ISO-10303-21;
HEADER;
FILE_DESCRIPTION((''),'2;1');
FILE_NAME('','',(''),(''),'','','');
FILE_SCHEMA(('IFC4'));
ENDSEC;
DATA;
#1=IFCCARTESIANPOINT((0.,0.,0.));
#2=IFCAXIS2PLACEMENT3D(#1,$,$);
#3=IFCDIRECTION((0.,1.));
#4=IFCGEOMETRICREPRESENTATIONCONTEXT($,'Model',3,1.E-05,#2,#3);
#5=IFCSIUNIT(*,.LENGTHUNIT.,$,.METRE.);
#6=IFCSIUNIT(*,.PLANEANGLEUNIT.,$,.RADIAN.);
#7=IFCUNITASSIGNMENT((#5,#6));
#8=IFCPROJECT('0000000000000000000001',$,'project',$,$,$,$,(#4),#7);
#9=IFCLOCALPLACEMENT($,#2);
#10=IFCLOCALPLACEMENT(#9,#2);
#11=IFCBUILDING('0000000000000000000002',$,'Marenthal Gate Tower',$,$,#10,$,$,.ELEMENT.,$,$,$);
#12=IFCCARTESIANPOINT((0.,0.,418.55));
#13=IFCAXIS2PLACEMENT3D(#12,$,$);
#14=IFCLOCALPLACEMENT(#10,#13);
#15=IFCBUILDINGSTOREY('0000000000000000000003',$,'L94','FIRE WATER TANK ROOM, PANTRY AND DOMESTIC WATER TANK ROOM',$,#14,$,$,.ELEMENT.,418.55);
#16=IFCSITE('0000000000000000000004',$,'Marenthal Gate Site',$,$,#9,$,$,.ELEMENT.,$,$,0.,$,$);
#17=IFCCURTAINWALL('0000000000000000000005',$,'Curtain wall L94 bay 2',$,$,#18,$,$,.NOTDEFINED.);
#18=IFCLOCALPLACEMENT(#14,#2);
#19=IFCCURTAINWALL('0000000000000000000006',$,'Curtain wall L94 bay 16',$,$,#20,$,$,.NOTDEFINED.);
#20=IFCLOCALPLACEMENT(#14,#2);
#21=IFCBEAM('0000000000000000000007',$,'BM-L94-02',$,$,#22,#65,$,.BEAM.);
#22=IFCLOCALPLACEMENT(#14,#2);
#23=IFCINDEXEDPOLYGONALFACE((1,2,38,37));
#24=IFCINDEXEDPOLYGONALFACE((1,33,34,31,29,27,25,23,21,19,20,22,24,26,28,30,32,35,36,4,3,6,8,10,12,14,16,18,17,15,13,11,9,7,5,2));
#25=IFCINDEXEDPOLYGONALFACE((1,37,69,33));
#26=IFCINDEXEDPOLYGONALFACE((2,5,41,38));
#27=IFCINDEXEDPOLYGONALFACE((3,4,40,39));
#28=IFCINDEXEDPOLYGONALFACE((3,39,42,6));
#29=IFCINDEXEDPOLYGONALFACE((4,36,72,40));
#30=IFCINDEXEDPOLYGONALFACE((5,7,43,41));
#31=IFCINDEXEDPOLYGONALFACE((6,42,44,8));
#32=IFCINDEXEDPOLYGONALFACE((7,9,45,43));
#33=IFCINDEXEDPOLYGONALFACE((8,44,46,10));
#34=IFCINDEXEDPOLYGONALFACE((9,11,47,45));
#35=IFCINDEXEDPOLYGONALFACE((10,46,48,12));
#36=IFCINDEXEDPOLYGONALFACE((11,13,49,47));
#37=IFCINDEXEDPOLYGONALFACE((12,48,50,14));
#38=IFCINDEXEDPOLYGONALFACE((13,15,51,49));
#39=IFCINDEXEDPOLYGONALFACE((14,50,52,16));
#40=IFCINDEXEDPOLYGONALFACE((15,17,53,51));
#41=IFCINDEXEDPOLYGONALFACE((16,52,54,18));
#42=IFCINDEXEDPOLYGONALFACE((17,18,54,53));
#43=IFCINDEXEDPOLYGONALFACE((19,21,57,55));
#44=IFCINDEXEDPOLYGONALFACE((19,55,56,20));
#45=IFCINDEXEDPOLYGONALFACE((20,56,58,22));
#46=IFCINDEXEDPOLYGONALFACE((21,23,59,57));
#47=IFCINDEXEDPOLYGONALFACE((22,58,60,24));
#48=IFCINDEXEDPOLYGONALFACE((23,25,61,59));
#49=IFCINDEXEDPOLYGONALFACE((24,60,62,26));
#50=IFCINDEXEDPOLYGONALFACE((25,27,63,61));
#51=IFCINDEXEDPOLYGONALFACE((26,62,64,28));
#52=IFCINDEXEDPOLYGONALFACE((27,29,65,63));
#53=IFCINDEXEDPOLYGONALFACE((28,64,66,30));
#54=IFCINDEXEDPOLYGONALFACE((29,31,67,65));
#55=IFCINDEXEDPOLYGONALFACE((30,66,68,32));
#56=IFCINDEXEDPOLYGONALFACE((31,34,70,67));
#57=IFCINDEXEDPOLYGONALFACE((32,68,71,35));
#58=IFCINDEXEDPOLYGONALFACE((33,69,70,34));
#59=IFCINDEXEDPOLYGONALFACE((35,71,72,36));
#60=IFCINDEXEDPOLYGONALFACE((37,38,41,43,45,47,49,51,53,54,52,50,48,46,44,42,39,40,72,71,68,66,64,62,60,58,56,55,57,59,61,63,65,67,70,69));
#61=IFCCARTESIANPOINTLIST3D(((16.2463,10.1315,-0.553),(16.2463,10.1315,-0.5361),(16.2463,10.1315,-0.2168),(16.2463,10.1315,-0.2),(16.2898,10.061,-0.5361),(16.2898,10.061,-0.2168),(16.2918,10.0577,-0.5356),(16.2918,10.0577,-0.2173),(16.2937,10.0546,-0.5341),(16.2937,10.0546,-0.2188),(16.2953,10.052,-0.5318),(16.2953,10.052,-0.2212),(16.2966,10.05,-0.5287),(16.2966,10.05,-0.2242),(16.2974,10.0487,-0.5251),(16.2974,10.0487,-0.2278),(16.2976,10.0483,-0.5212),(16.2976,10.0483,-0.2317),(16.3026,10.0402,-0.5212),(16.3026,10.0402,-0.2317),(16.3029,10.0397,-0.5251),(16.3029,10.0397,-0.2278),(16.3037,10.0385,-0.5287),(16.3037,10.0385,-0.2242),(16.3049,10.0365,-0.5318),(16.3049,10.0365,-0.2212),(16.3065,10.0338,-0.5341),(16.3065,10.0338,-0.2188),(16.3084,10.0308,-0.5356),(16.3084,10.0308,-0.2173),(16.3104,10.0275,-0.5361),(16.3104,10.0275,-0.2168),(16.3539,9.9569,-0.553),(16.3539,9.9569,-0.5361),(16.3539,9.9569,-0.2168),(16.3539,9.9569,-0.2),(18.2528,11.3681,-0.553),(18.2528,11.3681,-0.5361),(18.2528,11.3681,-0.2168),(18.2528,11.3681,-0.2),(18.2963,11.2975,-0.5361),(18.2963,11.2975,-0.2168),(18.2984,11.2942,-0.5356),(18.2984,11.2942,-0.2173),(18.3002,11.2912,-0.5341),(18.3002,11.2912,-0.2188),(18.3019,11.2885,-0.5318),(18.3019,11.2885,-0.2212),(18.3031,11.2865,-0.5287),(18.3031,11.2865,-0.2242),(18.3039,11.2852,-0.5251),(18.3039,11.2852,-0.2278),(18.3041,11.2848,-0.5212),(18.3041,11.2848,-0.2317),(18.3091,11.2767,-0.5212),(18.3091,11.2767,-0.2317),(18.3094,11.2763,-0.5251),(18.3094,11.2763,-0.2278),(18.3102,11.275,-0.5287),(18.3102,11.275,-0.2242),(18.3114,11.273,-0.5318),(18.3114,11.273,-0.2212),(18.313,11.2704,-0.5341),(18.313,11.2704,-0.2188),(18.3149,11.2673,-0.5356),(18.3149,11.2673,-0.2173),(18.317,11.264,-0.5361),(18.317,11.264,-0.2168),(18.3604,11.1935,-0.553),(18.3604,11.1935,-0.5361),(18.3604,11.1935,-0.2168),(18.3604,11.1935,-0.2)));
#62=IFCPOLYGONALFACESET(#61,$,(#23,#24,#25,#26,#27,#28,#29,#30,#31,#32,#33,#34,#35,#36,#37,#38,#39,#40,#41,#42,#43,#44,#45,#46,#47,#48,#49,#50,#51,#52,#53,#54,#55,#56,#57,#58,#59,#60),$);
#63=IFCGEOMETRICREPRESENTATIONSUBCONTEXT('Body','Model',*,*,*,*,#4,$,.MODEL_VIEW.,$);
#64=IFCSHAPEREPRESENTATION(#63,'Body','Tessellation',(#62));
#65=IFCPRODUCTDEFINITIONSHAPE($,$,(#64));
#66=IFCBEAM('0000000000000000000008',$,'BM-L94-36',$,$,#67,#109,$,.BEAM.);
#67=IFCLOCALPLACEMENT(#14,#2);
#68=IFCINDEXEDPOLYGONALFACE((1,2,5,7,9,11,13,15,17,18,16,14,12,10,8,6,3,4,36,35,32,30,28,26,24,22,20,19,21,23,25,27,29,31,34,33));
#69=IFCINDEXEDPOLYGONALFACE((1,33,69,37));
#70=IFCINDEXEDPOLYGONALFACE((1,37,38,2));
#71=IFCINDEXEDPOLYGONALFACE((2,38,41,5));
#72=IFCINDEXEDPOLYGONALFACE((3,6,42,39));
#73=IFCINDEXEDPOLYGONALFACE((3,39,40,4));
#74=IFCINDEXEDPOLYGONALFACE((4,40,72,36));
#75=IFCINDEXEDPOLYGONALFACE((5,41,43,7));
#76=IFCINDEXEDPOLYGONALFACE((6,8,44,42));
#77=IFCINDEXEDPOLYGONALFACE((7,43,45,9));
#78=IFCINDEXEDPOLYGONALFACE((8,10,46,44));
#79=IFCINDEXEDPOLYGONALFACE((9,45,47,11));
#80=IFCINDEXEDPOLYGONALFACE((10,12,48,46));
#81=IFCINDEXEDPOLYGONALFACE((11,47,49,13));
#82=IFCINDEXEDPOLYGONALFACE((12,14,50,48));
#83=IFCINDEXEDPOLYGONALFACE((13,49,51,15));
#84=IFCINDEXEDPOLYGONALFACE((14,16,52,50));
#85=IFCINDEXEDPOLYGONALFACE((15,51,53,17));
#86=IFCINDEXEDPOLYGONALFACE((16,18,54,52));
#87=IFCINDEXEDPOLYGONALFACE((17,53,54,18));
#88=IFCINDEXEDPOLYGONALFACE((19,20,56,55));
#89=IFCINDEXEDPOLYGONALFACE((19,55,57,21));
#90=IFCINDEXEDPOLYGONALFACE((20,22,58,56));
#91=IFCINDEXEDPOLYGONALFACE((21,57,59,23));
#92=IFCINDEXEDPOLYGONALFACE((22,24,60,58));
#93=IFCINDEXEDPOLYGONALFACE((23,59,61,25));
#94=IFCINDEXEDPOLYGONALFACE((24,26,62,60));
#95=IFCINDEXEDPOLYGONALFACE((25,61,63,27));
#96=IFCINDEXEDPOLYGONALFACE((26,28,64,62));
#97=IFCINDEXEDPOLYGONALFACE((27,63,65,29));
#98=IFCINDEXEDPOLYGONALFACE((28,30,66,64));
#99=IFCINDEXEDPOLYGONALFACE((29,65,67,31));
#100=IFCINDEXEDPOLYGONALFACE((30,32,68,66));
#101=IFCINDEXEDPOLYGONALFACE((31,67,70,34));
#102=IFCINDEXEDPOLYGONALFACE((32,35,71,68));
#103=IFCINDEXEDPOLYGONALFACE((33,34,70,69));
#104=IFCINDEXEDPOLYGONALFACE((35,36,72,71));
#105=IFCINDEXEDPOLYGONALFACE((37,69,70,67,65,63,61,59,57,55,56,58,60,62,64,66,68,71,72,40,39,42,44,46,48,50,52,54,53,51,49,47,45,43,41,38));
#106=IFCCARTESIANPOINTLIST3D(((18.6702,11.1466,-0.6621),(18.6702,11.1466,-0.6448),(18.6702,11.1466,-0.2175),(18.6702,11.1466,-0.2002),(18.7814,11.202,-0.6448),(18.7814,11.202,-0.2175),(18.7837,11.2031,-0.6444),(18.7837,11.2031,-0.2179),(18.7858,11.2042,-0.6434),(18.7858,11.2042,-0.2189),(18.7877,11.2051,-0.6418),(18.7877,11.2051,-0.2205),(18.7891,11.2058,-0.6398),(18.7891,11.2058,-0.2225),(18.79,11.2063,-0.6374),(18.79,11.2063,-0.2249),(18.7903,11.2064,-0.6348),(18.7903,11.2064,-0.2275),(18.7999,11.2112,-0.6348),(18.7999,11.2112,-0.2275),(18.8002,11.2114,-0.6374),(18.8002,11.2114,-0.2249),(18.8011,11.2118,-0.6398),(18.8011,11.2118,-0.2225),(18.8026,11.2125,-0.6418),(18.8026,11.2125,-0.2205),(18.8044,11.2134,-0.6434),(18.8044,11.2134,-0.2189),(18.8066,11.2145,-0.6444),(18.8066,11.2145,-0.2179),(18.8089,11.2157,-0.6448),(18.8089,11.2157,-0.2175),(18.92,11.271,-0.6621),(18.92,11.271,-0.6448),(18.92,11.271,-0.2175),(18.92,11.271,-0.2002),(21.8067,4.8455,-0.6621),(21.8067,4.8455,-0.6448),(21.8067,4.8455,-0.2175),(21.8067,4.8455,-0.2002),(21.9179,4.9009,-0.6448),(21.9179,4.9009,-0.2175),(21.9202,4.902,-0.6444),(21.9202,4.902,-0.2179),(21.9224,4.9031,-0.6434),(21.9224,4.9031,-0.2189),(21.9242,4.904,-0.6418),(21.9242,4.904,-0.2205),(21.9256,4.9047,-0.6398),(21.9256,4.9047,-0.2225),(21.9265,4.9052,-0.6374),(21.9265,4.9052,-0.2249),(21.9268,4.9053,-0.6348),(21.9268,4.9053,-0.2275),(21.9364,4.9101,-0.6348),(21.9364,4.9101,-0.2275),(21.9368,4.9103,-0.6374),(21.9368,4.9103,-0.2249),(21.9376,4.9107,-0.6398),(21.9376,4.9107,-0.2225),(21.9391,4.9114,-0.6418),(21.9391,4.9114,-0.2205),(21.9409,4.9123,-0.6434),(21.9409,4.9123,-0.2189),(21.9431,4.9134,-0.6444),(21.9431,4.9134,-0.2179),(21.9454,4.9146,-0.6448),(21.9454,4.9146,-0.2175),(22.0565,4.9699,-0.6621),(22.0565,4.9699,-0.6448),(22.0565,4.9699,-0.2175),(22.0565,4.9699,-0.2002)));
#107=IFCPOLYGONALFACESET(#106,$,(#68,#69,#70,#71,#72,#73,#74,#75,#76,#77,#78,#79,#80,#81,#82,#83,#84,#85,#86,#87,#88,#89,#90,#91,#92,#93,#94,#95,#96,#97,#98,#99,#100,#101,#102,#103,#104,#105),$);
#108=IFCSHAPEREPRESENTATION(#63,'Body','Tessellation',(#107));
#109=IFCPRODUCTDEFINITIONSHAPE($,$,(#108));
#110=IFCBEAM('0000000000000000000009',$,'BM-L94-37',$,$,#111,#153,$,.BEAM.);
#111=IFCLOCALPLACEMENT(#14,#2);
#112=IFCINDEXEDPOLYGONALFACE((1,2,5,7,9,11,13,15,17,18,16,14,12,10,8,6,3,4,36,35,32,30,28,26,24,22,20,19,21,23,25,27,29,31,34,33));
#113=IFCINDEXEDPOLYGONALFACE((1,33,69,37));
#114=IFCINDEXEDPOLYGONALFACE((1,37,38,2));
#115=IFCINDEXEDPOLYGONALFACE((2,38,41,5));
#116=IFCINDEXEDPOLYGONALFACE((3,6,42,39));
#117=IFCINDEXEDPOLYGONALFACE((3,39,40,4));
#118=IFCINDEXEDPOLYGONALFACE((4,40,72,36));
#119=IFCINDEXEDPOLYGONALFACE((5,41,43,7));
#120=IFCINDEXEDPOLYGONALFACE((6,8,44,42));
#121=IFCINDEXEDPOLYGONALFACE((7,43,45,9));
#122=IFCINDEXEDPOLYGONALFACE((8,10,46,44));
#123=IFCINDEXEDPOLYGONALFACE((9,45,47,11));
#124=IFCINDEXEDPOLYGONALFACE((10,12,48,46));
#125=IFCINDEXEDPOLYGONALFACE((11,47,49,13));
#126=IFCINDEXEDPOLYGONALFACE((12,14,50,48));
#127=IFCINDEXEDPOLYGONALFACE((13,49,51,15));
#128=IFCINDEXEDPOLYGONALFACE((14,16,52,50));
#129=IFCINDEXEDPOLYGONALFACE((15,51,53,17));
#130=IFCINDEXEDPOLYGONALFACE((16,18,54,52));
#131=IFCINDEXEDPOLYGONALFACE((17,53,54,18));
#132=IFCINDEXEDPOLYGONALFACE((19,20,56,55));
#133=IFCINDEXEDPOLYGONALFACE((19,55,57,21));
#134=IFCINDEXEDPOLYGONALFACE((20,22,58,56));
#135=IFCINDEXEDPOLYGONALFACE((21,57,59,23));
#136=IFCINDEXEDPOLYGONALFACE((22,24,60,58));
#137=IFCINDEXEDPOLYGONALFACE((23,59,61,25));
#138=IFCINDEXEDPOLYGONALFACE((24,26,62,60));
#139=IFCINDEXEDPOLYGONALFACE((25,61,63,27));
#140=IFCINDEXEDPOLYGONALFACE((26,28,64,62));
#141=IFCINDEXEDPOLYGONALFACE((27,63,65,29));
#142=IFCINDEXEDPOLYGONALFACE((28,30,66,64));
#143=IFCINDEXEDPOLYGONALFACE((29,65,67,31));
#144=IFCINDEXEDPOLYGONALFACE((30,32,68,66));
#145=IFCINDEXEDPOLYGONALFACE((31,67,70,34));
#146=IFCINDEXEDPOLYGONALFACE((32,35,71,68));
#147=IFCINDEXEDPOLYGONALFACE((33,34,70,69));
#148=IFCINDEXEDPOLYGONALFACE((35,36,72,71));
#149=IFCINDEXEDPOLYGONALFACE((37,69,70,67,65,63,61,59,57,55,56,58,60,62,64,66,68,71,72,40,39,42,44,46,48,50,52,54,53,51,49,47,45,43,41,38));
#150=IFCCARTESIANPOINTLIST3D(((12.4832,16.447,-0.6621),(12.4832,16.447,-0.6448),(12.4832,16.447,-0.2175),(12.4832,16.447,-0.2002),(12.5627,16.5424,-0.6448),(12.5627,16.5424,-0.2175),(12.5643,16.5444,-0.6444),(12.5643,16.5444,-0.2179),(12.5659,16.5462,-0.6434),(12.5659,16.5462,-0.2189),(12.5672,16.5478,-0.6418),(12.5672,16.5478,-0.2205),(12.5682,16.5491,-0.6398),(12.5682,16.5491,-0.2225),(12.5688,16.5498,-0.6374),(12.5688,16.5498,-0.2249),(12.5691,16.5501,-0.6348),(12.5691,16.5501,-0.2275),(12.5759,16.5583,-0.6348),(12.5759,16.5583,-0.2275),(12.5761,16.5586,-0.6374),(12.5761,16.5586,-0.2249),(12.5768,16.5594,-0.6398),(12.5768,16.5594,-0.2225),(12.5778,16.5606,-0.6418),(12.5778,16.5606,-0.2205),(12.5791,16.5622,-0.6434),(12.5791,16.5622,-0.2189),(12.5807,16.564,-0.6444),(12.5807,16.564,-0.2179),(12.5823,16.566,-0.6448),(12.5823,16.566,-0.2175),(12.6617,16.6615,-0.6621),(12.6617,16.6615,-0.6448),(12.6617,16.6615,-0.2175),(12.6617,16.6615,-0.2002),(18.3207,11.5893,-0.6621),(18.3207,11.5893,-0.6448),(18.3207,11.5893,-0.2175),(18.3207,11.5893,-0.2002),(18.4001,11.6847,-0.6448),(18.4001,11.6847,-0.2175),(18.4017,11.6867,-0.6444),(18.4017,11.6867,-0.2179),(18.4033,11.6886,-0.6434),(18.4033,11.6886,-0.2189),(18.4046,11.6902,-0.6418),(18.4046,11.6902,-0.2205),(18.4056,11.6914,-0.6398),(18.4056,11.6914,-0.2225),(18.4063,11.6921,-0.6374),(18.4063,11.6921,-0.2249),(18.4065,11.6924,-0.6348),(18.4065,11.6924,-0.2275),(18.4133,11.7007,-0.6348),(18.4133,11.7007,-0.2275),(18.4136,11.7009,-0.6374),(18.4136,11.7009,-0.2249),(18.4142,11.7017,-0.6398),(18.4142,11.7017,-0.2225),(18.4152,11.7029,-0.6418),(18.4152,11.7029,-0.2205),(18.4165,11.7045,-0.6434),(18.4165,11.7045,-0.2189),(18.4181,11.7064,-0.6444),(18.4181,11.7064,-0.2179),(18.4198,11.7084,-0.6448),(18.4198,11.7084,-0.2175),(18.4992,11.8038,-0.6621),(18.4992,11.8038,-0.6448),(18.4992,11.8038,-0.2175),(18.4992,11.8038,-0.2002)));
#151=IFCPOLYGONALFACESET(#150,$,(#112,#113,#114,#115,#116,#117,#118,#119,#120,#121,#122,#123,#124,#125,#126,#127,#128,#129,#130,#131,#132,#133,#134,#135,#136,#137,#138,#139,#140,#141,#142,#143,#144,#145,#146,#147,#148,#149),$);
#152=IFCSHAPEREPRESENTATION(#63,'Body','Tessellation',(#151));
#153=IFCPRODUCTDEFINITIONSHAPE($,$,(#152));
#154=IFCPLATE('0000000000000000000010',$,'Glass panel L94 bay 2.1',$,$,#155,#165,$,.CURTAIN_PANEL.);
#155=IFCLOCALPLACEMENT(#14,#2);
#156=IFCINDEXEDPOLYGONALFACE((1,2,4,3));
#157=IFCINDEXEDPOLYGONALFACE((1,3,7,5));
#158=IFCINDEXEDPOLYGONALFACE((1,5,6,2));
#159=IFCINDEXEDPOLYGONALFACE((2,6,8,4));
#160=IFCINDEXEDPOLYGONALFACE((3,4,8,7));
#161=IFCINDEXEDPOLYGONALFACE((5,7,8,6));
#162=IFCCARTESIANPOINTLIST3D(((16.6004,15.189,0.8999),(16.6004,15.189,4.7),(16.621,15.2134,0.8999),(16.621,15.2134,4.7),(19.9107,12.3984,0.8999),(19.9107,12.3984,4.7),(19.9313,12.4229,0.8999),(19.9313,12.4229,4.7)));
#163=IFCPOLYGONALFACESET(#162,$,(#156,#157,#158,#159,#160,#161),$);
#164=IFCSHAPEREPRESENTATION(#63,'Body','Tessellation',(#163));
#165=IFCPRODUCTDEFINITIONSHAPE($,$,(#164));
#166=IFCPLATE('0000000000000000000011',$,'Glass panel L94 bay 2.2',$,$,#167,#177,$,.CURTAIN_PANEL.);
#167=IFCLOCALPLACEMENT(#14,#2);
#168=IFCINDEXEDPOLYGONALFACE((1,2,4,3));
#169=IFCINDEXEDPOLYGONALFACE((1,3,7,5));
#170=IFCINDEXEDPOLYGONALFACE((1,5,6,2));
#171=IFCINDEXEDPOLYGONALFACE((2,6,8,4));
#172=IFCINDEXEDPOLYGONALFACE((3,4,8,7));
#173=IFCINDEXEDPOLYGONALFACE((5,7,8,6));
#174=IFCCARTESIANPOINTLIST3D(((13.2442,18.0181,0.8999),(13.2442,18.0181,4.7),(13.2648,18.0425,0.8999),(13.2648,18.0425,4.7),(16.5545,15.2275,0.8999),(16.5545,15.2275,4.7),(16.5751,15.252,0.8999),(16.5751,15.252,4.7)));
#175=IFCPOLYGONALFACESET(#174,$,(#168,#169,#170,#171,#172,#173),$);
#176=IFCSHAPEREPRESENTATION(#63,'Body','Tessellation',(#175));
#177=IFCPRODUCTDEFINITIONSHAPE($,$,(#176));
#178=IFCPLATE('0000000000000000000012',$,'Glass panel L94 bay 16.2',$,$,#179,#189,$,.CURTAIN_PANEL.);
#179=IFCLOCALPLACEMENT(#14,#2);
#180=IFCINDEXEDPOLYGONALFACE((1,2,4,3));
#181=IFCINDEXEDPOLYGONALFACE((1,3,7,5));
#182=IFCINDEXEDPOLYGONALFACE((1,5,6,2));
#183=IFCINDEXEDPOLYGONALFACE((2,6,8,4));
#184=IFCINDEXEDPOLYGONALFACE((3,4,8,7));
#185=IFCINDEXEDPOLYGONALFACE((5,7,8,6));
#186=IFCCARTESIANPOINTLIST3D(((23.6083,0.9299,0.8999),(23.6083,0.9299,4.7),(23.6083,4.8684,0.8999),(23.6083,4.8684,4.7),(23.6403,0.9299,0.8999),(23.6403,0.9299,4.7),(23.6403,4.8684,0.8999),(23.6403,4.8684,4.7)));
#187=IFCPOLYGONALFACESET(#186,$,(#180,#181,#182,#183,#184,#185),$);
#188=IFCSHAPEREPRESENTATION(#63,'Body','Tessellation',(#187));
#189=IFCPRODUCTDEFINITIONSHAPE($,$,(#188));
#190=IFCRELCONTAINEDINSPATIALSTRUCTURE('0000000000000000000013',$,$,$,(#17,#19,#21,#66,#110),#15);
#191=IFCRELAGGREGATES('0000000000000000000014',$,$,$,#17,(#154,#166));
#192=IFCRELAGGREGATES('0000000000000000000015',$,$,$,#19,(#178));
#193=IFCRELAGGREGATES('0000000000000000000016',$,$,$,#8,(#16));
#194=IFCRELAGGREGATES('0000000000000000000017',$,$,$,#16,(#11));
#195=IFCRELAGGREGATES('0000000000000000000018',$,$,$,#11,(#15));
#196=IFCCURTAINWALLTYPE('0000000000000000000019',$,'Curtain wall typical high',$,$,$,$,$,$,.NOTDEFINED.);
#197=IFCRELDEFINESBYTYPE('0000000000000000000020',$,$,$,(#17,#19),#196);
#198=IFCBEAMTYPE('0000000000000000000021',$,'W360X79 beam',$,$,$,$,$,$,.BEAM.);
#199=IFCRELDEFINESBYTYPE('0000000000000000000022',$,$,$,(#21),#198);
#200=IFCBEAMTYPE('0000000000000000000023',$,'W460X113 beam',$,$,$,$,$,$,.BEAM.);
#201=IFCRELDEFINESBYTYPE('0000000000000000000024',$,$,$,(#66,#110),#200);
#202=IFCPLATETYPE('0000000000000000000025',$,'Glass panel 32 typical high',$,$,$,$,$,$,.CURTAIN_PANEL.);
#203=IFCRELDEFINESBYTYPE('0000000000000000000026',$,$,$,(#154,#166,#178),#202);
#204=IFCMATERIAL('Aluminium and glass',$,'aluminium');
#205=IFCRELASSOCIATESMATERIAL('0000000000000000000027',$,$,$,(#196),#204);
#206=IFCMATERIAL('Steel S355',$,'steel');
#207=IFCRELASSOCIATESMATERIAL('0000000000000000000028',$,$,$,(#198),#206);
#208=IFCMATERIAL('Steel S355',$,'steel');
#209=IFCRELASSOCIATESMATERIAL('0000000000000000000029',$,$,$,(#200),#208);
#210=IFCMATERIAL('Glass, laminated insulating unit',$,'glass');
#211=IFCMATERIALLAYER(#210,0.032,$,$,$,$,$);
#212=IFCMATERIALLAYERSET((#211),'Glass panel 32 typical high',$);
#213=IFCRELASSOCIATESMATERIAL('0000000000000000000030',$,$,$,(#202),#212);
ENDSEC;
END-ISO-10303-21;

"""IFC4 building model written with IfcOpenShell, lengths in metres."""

from ifc_helpers import new_model, si_unit, direction, frame, origin, origin_2d, place, context, subcontext, project, spatial, rectangle, i_section, extrude, material, layer, layer_set, material_profile, profile_set, type_object, element, aggregate, save


model = new_model("IFC4")

# Units and contexts
model_context = context("Model", 3, precision=1e-05, world=origin(), true_north=direction((0.0, 1.0)))
body_context = subcontext(model_context, "Body", "Model", "MODEL_VIEW")
ifc_project = project(units=[si_unit("LENGTHUNIT", "METRE"), si_unit("PLANEANGLEUNIT", "RADIAN")], contexts=[model_context])

# Site, building, storey
site_placement = place(None, origin())
site = spatial("IfcSite", under=ifc_project, at=site_placement, Name="Marenthal Gate Site", CompositionType="ELEMENT", RefElevation=0.0)
building_placement = place(site_placement, origin())
building = spatial("IfcBuilding", under=site, at=building_placement, Name="Marenthal Gate Tower", CompositionType="ELEMENT")
storey_placement = place(building_placement, frame((0.0, 0.0, 418.55)))
storey = spatial("IfcBuildingStorey", under=building, at=storey_placement, Name="L94", Description="FIRE WATER TANK ROOM, PANTRY AND DOMESTIC WATER TANK ROOM", CompositionType="ELEMENT", Elevation=418.55)

# Curtain walls
ifc_material_1 = material(Name="Aluminium and glass", Category="aluminium")
curtain_wall_type_1 = type_object("IfcCurtainWallType", Name="Curtain wall typical high", PredefinedType="NOTDEFINED", material=ifc_material_1)
curtain_wall_1_placement = place(storey_placement, origin())
curtain_wall_1 = element("IfcCurtainWall", 1, at=curtain_wall_1_placement, inside=storey, type_object=curtain_wall_type_1, Name="Curtain wall L94 bay 2", PredefinedType="NOTDEFINED")
curtain_wall_2_placement = place(storey_placement, origin())
curtain_wall_2 = element("IfcCurtainWall", 2, at=curtain_wall_2_placement, inside=storey, type_object=curtain_wall_type_1, Name="Curtain wall L94 bay 16", PredefinedType="NOTDEFINED")

# Beams
ifc_material_2 = material(Name="Steel S355", Category="steel")
ifc_material_profile_1 = material_profile(ifc_material_2, i_section(OverallWidth=0.2051, OverallDepth=0.353, WebThickness=0.0095, FlangeThickness=0.0168, FilletRadius=0.0149, at=origin_2d()), Name="W360X79")
ifc_profile_set_1 = profile_set([ifc_material_profile_1], Name="Steel S355")
beam_type_1 = type_object("IfcBeamType", Name="W360X79 beam", PredefinedType="BEAM", material=ifc_profile_set_1)
beam_1_placement = place(storey_placement, frame((18.3066, 11.2808, -0.3765), z_axis=(-0.851327, -0.524635, 0.0), x_axis=(0.524635, -0.851327, 0.0)))
element("IfcBeam", 3, at=beam_1_placement, inside=storey, type_object=beam_type_1, Name="BM-L94-02", PredefinedType="BEAM", context=body_context, shape_type="SweptSolid", body=[
    extrude(i_section(OverallWidth=0.2051, OverallDepth=0.353, WebThickness=0.0095, FlangeThickness=0.0168, FilletRadius=0.0149, at=origin_2d()), origin(), (0.0, 0.0, 1.0), 2.3569),
])
ifc_material_3 = material(Name="Steel S355", Category="steel")
ifc_material_profile_2 = material_profile(ifc_material_3, i_section(OverallWidth=0.2791, OverallDepth=0.4619, WebThickness=0.0107, FlangeThickness=0.0173, FilletRadius=0.01, at=origin_2d()), Name="W460X113")
ifc_profile_set_2 = profile_set([ifc_material_profile_2], Name="Steel S355")
beam_type_2 = type_object("IfcBeamType", Name="W460X113 beam", PredefinedType="BEAM", material=ifc_profile_set_2)
beam_2_placement = place(storey_placement, frame((21.9316, 4.9077, -0.4312), z_axis=(-0.445617, 0.895224, 0.0), x_axis=(-0.895224, -0.445617, 0.0)))
element("IfcBeam", 4, at=beam_2_placement, inside=storey, type_object=beam_type_2, Name="BM-L94-36", PredefinedType="BEAM", context=body_context, shape_type="SweptSolid", body=[
    extrude(i_section(OverallWidth=0.2791, OverallDepth=0.4619, WebThickness=0.0107, FlangeThickness=0.0173, FilletRadius=0.01, at=origin_2d()), origin(), (0.0, 0.0, 1.0), 7.0386),
])
beam_3_placement = place(storey_placement, frame((18.4099, 11.6965, -0.4312), z_axis=(-0.768664, 0.639653, 0.0), x_axis=(-0.639653, -0.768664, 0.0)))
element("IfcBeam", 5, at=beam_3_placement, inside=storey, type_object=beam_type_2, Name="BM-L94-37", PredefinedType="BEAM", context=body_context, shape_type="SweptSolid", body=[
    extrude(i_section(OverallWidth=0.2791, OverallDepth=0.4619, WebThickness=0.0107, FlangeThickness=0.0173, FilletRadius=0.01, at=origin_2d()), origin(), (0.0, 0.0, 1.0), 7.5942),
])

# Plates
ifc_material_4 = material(Name="Glass, laminated insulating unit", Category="glass")
ifc_layer_1 = layer(ifc_material_4, 0.032)
ifc_layer_set_1 = layer_set([ifc_layer_1], Name="Glass panel 32 typical high")
plate_type_1 = type_object("IfcPlateType", Name="Glass panel 32 typical high", PredefinedType="CURTAIN_PANEL", material=ifc_layer_set_1)
plate_1_placement = place(storey_placement, frame((18.2659, 13.8059, 0.8999), z_axis=(0.0, 0.0, 1.0), x_axis=(-0.764578, 0.644531, 0.0)))
plate_1 = element("IfcPlate", 6, at=plate_1_placement, type_object=plate_type_1, Name="Glass panel L94 bay 2.1", PredefinedType="CURTAIN_PANEL", context=body_context, shape_type="SweptSolid", body=[
    extrude(rectangle(XDim=4.3296, YDim=0.032, at=origin_2d()), origin(), (0.0, 0.0, 1.0), 3.8),
])
plate_2_placement = place(storey_placement, frame((14.9097, 16.635, 0.8999), z_axis=(0.0, 0.0, 1.0), x_axis=(-0.764578, 0.644531, 0.0)))
plate_2 = element("IfcPlate", 7, at=plate_2_placement, type_object=plate_type_1, Name="Glass panel L94 bay 2.2", PredefinedType="CURTAIN_PANEL", context=body_context, shape_type="SweptSolid", body=[
    extrude(rectangle(XDim=4.3296, YDim=0.032, at=origin_2d()), origin(), (0.0, 0.0, 1.0), 3.8),
])
aggregate(curtain_wall_1, [plate_1, plate_2])
plate_3_placement = place(storey_placement, frame((23.6243, 2.8992, 0.8999), z_axis=(0.0, 0.0, 1.0), x_axis=(0.0, 1.0, 0.0)))
plate_3 = element("IfcPlate", 8, at=plate_3_placement, type_object=plate_type_1, Name="Glass panel L94 bay 16.2", PredefinedType="CURTAIN_PANEL", context=body_context, shape_type="SweptSolid", body=[
    extrude(rectangle(XDim=3.9385, YDim=0.032, at=origin_2d()), origin(), (0.0, 0.0, 1.0), 3.8),
])
aggregate(curtain_wall_2, [plate_3])

save(model, "model.ifc")
